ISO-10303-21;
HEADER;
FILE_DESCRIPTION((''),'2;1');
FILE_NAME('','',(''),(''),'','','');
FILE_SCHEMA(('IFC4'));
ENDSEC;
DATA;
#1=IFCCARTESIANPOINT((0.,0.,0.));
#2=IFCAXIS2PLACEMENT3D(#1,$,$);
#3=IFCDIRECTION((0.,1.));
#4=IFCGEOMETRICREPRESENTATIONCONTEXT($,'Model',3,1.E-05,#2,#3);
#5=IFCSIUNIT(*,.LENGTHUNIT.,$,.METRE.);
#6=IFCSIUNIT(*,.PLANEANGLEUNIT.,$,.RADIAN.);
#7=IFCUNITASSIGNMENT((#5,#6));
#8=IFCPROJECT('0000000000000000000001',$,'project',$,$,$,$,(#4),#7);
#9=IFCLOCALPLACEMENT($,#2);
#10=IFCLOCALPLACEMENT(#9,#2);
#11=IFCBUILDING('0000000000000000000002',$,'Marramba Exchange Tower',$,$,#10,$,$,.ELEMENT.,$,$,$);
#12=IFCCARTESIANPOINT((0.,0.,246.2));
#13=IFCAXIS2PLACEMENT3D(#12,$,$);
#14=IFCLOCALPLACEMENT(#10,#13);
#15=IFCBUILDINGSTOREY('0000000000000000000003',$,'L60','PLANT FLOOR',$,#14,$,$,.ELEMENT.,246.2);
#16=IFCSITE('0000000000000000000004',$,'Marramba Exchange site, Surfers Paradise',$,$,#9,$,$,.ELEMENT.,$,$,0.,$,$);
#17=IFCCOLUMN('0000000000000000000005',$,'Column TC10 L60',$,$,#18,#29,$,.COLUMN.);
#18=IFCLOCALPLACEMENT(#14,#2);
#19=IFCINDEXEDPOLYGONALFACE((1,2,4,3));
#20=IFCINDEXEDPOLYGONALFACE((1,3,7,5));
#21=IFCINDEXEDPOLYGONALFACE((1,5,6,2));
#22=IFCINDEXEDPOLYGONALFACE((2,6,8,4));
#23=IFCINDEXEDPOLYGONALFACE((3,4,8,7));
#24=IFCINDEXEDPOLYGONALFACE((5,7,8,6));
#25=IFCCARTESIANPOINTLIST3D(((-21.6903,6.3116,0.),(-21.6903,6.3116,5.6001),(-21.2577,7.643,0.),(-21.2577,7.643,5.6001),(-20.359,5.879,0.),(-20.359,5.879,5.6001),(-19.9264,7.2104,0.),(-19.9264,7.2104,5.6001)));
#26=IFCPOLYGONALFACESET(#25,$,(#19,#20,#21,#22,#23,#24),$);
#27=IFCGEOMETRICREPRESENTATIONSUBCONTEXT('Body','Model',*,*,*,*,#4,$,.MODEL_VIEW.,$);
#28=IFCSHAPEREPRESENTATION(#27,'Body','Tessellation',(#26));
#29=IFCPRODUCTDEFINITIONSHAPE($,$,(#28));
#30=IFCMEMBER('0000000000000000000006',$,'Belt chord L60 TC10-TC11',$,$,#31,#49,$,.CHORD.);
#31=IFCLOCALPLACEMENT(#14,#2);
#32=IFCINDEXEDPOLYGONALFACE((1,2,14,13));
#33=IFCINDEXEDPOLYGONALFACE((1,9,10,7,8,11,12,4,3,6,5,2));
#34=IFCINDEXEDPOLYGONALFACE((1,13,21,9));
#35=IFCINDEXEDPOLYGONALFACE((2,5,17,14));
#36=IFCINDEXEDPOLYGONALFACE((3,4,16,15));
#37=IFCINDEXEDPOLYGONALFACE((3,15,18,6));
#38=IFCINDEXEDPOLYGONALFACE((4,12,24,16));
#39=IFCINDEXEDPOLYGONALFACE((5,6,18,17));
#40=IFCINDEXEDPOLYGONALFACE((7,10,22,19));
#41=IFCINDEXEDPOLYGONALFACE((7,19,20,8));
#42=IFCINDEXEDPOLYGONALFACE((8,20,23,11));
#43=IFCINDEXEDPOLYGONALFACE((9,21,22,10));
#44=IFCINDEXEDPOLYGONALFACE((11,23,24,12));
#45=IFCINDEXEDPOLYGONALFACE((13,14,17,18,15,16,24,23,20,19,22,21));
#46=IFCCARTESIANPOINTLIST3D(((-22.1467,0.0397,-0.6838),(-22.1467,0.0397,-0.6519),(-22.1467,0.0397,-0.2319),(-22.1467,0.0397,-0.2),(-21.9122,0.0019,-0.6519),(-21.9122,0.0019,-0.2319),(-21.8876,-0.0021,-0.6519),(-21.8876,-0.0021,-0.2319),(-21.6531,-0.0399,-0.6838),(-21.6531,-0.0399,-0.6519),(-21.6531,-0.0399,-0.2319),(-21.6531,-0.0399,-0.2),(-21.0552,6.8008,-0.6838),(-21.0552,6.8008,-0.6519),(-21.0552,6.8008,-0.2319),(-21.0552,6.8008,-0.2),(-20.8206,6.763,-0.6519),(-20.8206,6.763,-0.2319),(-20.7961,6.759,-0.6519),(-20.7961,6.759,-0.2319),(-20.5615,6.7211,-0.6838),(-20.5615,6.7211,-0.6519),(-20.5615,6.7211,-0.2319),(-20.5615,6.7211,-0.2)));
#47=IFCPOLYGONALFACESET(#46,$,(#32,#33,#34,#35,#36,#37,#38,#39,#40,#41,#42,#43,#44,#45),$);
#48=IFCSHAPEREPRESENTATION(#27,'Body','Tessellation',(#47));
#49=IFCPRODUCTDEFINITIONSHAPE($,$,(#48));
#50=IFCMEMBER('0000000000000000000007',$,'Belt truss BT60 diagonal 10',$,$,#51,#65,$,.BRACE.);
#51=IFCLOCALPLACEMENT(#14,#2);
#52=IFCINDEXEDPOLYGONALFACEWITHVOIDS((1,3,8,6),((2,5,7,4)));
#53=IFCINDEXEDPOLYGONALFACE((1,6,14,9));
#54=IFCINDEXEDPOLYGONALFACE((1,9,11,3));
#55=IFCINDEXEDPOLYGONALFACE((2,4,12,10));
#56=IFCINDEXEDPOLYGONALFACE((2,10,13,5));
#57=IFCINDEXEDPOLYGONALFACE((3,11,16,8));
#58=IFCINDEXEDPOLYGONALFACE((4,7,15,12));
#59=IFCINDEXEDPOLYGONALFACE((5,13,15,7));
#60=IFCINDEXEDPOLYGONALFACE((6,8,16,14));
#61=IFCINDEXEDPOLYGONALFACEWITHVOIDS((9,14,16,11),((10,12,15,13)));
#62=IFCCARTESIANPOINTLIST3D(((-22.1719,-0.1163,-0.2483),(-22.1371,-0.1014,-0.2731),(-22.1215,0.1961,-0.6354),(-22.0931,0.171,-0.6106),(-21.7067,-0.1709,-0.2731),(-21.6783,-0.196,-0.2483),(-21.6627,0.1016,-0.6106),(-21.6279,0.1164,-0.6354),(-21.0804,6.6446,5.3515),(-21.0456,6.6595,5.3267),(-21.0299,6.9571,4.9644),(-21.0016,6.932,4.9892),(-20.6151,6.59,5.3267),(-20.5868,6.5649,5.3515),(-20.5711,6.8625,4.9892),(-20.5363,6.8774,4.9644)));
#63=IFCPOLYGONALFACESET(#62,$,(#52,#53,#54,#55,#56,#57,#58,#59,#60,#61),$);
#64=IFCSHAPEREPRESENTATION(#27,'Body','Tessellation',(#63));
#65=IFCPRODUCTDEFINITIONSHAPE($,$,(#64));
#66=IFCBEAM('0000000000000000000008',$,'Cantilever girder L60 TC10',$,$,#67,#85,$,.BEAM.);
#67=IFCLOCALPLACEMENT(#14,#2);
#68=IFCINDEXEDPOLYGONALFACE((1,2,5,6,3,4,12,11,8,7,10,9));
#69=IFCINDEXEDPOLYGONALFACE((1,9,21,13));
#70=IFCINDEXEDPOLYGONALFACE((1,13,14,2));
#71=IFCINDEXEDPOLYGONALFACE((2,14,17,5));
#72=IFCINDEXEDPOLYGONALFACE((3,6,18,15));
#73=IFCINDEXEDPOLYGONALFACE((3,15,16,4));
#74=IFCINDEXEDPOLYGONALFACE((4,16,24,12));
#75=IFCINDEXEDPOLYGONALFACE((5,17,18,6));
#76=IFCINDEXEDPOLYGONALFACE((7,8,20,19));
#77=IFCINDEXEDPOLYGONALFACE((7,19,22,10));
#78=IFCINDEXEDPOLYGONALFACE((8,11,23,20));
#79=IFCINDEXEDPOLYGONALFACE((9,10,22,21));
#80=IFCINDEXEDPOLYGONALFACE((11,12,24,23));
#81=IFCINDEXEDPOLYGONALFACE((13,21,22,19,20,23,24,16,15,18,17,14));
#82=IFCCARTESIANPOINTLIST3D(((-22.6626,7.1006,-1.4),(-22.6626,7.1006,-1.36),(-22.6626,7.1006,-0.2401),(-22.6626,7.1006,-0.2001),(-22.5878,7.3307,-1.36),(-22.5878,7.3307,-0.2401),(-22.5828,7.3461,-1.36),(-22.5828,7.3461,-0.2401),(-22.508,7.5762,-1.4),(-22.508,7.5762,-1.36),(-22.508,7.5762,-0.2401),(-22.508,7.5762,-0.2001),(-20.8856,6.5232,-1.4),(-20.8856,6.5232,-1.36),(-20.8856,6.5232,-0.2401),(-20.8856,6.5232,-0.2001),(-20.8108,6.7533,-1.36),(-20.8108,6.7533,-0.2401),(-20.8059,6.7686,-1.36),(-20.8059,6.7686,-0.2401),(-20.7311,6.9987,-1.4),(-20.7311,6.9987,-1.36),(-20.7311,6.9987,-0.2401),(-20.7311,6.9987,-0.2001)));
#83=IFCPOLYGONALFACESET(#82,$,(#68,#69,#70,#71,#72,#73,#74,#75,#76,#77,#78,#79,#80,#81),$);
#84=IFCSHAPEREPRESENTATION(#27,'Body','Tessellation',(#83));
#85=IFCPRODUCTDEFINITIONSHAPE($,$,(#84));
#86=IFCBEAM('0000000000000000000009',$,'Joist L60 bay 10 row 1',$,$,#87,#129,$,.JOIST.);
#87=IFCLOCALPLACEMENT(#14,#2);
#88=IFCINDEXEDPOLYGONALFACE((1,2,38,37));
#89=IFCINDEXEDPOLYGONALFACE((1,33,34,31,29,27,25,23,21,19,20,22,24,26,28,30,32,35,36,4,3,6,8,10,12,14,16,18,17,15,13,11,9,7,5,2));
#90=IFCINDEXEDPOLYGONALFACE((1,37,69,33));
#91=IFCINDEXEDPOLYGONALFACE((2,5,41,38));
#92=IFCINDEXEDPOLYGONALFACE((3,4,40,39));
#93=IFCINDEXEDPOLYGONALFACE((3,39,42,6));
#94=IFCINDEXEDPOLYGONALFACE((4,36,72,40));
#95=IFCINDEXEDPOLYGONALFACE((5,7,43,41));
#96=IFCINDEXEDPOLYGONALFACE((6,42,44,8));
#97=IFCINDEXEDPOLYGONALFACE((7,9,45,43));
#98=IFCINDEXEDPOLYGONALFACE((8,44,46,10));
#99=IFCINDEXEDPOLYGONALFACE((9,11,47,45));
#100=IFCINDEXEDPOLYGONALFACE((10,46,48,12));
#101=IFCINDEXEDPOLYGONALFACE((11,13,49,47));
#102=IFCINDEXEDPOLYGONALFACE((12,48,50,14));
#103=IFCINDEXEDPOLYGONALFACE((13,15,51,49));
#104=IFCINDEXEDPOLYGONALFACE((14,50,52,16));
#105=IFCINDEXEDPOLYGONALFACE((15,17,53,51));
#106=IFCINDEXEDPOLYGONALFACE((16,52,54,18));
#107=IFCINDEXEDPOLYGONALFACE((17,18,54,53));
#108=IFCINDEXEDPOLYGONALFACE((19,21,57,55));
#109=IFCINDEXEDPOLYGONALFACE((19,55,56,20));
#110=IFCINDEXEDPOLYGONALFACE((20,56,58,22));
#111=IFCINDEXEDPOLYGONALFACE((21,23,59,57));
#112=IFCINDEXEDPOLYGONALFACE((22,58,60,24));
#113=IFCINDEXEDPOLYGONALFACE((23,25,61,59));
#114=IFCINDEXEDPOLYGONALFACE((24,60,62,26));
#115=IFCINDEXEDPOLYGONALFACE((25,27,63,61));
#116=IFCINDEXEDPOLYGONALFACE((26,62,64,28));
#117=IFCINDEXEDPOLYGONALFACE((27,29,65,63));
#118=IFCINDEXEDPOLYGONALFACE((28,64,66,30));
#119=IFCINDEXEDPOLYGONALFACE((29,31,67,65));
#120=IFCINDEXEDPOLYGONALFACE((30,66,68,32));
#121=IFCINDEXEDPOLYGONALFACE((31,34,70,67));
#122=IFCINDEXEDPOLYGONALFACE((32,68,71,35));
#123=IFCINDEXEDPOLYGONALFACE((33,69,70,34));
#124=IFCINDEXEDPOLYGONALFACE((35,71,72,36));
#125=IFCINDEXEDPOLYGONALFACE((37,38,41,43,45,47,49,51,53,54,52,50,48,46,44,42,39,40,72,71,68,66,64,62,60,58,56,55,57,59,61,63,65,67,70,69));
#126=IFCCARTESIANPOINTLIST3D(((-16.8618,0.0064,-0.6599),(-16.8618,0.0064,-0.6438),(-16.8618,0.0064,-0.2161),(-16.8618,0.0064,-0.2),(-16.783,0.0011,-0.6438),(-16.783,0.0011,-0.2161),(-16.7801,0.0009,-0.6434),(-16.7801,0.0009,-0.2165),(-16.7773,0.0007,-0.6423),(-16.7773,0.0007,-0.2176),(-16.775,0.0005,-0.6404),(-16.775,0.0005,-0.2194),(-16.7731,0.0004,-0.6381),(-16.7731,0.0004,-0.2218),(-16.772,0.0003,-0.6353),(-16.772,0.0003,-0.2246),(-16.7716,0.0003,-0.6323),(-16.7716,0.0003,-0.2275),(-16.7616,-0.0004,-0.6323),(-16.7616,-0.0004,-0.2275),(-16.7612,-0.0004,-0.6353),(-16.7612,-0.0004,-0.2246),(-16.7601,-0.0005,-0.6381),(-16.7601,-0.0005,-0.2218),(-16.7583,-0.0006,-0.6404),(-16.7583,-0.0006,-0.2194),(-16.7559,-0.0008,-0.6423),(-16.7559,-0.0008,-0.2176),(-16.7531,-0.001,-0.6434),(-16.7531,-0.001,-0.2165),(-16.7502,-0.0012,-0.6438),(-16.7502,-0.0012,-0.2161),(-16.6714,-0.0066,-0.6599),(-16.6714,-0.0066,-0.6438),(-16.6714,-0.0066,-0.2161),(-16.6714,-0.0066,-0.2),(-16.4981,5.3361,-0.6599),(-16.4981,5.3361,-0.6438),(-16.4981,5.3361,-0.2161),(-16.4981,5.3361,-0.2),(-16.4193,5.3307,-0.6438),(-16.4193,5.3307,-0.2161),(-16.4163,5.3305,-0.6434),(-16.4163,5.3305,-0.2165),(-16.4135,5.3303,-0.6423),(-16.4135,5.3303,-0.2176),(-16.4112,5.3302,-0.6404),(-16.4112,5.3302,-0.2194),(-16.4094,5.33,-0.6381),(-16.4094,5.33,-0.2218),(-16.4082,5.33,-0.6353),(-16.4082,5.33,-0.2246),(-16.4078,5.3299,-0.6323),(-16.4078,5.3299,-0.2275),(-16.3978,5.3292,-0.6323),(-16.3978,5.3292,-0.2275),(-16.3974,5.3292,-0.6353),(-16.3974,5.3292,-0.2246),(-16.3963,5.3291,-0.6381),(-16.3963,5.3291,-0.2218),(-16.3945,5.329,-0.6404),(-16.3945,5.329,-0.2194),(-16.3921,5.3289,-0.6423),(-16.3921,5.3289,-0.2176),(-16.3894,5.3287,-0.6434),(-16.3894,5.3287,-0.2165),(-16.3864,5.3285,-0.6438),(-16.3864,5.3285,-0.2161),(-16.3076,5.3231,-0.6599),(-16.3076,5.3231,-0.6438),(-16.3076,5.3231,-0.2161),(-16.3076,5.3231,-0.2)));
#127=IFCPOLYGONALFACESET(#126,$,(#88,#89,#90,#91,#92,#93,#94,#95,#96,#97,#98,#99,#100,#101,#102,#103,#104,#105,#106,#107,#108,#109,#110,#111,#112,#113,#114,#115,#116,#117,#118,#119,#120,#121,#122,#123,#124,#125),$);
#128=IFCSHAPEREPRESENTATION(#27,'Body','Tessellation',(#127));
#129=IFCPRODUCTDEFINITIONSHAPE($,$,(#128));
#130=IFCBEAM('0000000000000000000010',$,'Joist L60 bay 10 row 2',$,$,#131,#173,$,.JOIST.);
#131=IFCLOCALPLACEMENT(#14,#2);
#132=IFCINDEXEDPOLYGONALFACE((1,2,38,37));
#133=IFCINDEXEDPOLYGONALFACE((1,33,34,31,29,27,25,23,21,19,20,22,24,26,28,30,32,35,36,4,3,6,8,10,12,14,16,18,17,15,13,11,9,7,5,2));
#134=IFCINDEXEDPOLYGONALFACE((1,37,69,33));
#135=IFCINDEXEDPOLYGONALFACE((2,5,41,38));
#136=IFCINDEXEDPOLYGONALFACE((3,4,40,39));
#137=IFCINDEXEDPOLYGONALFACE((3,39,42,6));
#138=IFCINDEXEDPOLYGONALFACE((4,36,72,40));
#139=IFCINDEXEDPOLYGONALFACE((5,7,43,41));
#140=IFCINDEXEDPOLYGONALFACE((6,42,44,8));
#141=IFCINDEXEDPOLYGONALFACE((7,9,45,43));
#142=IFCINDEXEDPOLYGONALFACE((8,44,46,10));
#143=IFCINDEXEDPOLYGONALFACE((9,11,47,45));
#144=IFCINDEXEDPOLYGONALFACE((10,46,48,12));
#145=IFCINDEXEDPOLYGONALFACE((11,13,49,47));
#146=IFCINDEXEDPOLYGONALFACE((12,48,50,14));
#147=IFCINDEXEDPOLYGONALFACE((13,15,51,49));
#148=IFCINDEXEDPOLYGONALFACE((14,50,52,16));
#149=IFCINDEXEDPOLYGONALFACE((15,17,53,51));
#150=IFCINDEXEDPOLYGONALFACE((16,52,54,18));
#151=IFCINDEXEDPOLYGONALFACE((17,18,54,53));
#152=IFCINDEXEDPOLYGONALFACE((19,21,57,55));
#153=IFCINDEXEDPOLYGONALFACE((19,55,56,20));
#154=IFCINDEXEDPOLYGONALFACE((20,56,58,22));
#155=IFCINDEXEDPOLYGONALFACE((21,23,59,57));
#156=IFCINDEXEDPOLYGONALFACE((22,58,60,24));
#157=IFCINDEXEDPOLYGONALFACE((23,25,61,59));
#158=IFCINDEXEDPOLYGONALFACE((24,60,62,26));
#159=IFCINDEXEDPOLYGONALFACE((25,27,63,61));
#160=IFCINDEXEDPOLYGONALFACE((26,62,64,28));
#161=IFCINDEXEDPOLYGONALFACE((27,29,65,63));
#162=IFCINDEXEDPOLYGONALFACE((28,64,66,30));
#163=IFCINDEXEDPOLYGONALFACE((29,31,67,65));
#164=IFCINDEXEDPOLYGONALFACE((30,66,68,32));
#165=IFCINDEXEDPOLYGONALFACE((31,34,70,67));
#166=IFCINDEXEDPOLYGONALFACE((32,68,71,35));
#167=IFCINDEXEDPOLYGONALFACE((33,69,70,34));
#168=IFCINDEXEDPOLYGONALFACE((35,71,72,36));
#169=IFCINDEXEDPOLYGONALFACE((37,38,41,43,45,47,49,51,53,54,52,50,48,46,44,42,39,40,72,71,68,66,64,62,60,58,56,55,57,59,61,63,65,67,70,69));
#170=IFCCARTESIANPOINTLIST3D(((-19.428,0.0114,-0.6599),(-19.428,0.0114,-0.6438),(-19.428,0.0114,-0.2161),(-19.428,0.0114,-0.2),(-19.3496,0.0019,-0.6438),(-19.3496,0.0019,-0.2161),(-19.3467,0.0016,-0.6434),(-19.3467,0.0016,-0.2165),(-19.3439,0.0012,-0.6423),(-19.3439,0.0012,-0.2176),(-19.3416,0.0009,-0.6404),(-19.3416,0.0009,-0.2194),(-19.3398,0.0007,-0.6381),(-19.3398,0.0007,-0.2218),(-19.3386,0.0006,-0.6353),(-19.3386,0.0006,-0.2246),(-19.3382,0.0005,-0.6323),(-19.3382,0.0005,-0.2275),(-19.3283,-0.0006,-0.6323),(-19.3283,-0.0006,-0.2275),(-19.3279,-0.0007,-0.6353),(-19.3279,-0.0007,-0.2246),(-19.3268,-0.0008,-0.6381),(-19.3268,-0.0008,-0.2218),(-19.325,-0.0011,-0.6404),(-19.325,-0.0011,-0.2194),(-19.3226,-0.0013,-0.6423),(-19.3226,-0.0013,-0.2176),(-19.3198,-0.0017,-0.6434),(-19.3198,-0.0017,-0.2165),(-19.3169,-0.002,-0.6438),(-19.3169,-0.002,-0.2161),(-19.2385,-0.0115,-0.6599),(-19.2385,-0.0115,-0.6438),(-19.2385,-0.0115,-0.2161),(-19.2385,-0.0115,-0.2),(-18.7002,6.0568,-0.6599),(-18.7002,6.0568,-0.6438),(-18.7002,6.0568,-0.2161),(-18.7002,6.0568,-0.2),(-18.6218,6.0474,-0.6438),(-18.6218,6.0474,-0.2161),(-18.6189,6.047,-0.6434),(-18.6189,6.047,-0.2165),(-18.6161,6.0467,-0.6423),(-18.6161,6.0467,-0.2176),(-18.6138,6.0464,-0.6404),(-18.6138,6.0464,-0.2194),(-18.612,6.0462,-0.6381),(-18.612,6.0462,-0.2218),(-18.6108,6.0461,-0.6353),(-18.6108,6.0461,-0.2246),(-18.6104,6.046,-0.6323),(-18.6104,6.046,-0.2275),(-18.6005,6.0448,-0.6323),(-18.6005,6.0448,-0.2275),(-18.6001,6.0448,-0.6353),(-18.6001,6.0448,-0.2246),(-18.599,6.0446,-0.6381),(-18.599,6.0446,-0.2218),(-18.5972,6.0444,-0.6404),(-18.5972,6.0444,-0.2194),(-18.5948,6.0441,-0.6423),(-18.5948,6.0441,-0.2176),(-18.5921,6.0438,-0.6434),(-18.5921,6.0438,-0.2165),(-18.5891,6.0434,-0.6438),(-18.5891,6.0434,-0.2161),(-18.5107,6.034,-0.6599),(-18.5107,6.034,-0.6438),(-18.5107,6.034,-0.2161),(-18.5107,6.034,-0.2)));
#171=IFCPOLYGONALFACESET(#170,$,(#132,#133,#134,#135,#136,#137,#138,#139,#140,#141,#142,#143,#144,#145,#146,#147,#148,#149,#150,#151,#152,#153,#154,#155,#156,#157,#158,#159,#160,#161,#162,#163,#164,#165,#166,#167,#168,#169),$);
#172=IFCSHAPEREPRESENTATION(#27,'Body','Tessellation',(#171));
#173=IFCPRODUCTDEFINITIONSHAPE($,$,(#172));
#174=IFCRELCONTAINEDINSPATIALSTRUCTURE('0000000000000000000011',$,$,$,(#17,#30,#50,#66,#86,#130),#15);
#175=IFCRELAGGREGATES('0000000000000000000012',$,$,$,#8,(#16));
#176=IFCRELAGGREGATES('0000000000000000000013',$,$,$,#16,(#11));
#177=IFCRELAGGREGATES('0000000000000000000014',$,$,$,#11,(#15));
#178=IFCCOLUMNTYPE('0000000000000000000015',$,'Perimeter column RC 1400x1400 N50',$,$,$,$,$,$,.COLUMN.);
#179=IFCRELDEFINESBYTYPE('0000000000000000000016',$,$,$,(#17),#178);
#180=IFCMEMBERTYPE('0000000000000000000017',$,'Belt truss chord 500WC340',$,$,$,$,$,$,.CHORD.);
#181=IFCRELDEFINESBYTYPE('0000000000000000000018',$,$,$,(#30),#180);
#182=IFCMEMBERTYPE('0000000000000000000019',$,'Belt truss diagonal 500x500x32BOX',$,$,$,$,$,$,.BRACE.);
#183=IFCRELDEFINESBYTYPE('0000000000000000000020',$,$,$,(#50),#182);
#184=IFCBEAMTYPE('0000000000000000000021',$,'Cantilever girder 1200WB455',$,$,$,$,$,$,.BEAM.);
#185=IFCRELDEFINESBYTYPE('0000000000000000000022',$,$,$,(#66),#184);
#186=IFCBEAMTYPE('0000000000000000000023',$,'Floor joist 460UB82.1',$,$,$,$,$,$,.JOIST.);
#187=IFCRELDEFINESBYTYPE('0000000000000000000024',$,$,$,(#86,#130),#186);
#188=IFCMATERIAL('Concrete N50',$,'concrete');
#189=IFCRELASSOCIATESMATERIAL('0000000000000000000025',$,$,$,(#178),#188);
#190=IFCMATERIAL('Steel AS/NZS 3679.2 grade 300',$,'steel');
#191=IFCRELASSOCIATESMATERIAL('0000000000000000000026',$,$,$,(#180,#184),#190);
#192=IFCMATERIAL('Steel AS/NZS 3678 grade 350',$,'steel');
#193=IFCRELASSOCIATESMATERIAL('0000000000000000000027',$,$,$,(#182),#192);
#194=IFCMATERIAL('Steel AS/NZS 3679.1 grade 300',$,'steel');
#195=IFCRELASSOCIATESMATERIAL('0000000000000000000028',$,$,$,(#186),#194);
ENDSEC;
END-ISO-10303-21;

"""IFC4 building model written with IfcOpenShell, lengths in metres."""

from ifc_helpers import new_model, si_unit, direction, frame, origin, origin_2d, place, context, subcontext, project, spatial, rectangle, hollow_rectangle, i_section, extrude, material, material_profile, profile_set, type_object, element, save


model = new_model("IFC4")

# Units and contexts
model_context = context("Model", 3, precision=1e-05, world=origin(), true_north=direction((0.0, 1.0)))
body_context = subcontext(model_context, "Body", "Model", "MODEL_VIEW")
ifc_project = project(units=[si_unit("LENGTHUNIT", "METRE"), si_unit("PLANEANGLEUNIT", "RADIAN")], contexts=[model_context])

# Site, building, storey
site_placement = place(None, origin())
site = spatial("IfcSite", under=ifc_project, at=site_placement, Name="Marramba Exchange site, Surfers Paradise", CompositionType="ELEMENT", RefElevation=0.0)
building_placement = place(site_placement, origin())
building = spatial("IfcBuilding", under=site, at=building_placement, Name="Marramba Exchange Tower", CompositionType="ELEMENT")
storey_placement = place(building_placement, frame((0.0, 0.0, 246.2)))
storey = spatial("IfcBuildingStorey", under=building, at=storey_placement, Name="L60", Description="PLANT FLOOR", CompositionType="ELEMENT", Elevation=246.2)

# Column
ifc_material_1 = material(Name="Concrete N50", Category="concrete")
ifc_material_profile_1 = material_profile(ifc_material_1, rectangle(XDim=1.3999, YDim=1.3999, at=origin_2d()), Name="RC 1400x1400")
ifc_profile_set_1 = profile_set([ifc_material_profile_1], Name="Concrete N50")
column_type = type_object("IfcColumnType", Name="Perimeter column RC 1400x1400 N50", PredefinedType="COLUMN", material=ifc_profile_set_1)
column_placement = place(storey_placement, frame((-20.8083, 6.761, 0.0), z_axis=(0.0, 0.0, 1.0), x_axis=(-0.951057, 0.309017, 0.0)))
element("IfcColumn", 1, at=column_placement, inside=storey, type_object=column_type, Name="Column TC10 L60", PredefinedType="COLUMN", context=body_context, shape_type="SweptSolid", body=[
    extrude(rectangle(XDim=1.3999, YDim=1.3999, at=origin_2d()), origin(), (0.0, 0.0, 1.0), 5.6001),
])

# Members
ifc_material_2 = material(Name="Steel AS/NZS 3679.2 grade 300", Category="steel")
ifc_material_profile_2 = material_profile(ifc_material_2, i_section(OverallWidth=0.5, OverallDepth=0.4839, WebThickness=0.0249, FlangeThickness=0.032, at=origin_2d()), Name="500WC340")
ifc_profile_set_2 = profile_set([ifc_material_profile_2], Name="Steel AS/NZS 3679.2 grade 300")
member_type_1 = type_object("IfcMemberType", Name="Belt truss chord 500WC340", PredefinedType="CHORD", material=ifc_profile_set_2)
member_1_placement = place(storey_placement, frame((-20.8083, 6.761, -0.4419), z_axis=(-0.159385, -0.987217, 0.0), x_axis=(0.987217, -0.159385, 0.0)))
element("IfcMember", 2, at=member_1_placement, inside=storey, type_object=member_type_1, Name="Belt chord L60 TC10-TC11", PredefinedType="CHORD", context=body_context, shape_type="SweptSolid", body=[
    extrude(i_section(OverallWidth=0.5, OverallDepth=0.4839, WebThickness=0.0249, FlangeThickness=0.032, at=origin_2d()), origin(), (0.0, 0.0, 1.0), 6.8486),
])
ifc_material_3 = material(Name="Steel AS/NZS 3678 grade 350", Category="steel")
ifc_material_profile_3 = material_profile(ifc_material_3, hollow_rectangle(XDim=0.5, YDim=0.5, WallThickness=0.032, at=origin_2d()), Name="500x500x32BOX")
ifc_profile_set_3 = profile_set([ifc_material_profile_3], Name="Steel AS/NZS 3678 grade 350")
member_type_2 = type_object("IfcMemberType", Name="Belt truss diagonal 500x500x32BOX", PredefinedType="BRACE", material=ifc_profile_set_3)
member_2_placement = place(storey_placement, frame((-20.8083, 6.761, 5.158), z_axis=(-0.123388, -0.764254, -0.633001), x_axis=(0.987217, -0.159385, 0.0)))
element("IfcMember", 3, at=member_2_placement, inside=storey, type_object=member_type_2, Name="Belt truss BT60 diagonal 10", PredefinedType="BRACE", context=body_context, shape_type="SweptSolid", body=[
    extrude(hollow_rectangle(XDim=0.5, YDim=0.5, WallThickness=0.032, at=origin_2d()), origin(), (0.0, 0.0, 1.0), 8.8464),
])

# Beams
ifc_material_profile_4 = material_profile(ifc_material_2, i_section(OverallWidth=0.5, OverallDepth=1.2, WebThickness=0.0161, FlangeThickness=0.04, at=origin_2d()), Name="1200WB455")
ifc_profile_set_4 = profile_set([ifc_material_profile_4], Name="Steel AS/NZS 3679.2 grade 300")
beam_type_1 = type_object("IfcBeamType", Name="Cantilever girder 1200WB455", PredefinedType="BEAM", material=ifc_profile_set_4)
beam_1_placement = place(storey_placement, frame((-20.8083, 6.761, -0.8), z_axis=(-0.951048, 0.309045, 0.0), x_axis=(-0.309045, -0.951048, 0.0)))
element("IfcBeam", 4, at=beam_1_placement, inside=storey, type_object=beam_type_1, Name="Cantilever girder L60 TC10", PredefinedType="BEAM", context=body_context, shape_type="SweptSolid", body=[
    extrude(i_section(OverallWidth=0.5, OverallDepth=1.2, WebThickness=0.0161, FlangeThickness=0.04, at=origin_2d()), origin(), (0.0, 0.0, 1.0), 1.8684),
])
ifc_material_4 = material(Name="Steel AS/NZS 3679.1 grade 300", Category="steel")
ifc_material_profile_5 = material_profile(ifc_material_4, i_section(OverallWidth=0.1909, OverallDepth=0.46, WebThickness=0.01, FlangeThickness=0.0161, FilletRadius=0.0115, at=origin_2d()), Name="460UB82.1")
ifc_profile_set_5 = profile_set([ifc_material_profile_5], Name="Steel AS/NZS 3679.1 grade 300")
beam_type_2 = type_object("IfcBeamType", Name="Floor joist 460UB82.1", PredefinedType="JOIST", material=ifc_profile_set_5)
beam_2_placement = place(storey_placement, frame((-16.4028, 5.3296, -0.4299), z_axis=(-0.068096, -0.997679, 0.0), x_axis=(0.997679, -0.068096, 0.0)))
element("IfcBeam", 5, at=beam_2_placement, inside=storey, type_object=beam_type_2, Name="Joist L60 bay 10 row 1", PredefinedType="JOIST", context=body_context, shape_type="SweptSolid", body=[
    extrude(i_section(OverallWidth=0.1909, OverallDepth=0.46, WebThickness=0.01, FlangeThickness=0.0161, FilletRadius=0.0115, at=origin_2d()), origin(), (0.0, 0.0, 1.0), 5.342),
])
beam_3_placement = place(storey_placement, frame((-18.6055, 6.0454, -0.4299), z_axis=(-0.119523, -0.992831, 0.0), x_axis=(0.992831, -0.119523, 0.0)))
element("IfcBeam", 6, at=beam_3_placement, inside=storey, type_object=beam_type_2, Name="Joist L60 bay 10 row 2", PredefinedType="JOIST", context=body_context, shape_type="SweptSolid", body=[
    extrude(i_section(OverallWidth=0.1909, OverallDepth=0.46, WebThickness=0.01, FlangeThickness=0.0161, FilletRadius=0.0115, at=origin_2d()), origin(), (0.0, 0.0, 1.0), 6.0891),
])

save(model, "model.ifc")
